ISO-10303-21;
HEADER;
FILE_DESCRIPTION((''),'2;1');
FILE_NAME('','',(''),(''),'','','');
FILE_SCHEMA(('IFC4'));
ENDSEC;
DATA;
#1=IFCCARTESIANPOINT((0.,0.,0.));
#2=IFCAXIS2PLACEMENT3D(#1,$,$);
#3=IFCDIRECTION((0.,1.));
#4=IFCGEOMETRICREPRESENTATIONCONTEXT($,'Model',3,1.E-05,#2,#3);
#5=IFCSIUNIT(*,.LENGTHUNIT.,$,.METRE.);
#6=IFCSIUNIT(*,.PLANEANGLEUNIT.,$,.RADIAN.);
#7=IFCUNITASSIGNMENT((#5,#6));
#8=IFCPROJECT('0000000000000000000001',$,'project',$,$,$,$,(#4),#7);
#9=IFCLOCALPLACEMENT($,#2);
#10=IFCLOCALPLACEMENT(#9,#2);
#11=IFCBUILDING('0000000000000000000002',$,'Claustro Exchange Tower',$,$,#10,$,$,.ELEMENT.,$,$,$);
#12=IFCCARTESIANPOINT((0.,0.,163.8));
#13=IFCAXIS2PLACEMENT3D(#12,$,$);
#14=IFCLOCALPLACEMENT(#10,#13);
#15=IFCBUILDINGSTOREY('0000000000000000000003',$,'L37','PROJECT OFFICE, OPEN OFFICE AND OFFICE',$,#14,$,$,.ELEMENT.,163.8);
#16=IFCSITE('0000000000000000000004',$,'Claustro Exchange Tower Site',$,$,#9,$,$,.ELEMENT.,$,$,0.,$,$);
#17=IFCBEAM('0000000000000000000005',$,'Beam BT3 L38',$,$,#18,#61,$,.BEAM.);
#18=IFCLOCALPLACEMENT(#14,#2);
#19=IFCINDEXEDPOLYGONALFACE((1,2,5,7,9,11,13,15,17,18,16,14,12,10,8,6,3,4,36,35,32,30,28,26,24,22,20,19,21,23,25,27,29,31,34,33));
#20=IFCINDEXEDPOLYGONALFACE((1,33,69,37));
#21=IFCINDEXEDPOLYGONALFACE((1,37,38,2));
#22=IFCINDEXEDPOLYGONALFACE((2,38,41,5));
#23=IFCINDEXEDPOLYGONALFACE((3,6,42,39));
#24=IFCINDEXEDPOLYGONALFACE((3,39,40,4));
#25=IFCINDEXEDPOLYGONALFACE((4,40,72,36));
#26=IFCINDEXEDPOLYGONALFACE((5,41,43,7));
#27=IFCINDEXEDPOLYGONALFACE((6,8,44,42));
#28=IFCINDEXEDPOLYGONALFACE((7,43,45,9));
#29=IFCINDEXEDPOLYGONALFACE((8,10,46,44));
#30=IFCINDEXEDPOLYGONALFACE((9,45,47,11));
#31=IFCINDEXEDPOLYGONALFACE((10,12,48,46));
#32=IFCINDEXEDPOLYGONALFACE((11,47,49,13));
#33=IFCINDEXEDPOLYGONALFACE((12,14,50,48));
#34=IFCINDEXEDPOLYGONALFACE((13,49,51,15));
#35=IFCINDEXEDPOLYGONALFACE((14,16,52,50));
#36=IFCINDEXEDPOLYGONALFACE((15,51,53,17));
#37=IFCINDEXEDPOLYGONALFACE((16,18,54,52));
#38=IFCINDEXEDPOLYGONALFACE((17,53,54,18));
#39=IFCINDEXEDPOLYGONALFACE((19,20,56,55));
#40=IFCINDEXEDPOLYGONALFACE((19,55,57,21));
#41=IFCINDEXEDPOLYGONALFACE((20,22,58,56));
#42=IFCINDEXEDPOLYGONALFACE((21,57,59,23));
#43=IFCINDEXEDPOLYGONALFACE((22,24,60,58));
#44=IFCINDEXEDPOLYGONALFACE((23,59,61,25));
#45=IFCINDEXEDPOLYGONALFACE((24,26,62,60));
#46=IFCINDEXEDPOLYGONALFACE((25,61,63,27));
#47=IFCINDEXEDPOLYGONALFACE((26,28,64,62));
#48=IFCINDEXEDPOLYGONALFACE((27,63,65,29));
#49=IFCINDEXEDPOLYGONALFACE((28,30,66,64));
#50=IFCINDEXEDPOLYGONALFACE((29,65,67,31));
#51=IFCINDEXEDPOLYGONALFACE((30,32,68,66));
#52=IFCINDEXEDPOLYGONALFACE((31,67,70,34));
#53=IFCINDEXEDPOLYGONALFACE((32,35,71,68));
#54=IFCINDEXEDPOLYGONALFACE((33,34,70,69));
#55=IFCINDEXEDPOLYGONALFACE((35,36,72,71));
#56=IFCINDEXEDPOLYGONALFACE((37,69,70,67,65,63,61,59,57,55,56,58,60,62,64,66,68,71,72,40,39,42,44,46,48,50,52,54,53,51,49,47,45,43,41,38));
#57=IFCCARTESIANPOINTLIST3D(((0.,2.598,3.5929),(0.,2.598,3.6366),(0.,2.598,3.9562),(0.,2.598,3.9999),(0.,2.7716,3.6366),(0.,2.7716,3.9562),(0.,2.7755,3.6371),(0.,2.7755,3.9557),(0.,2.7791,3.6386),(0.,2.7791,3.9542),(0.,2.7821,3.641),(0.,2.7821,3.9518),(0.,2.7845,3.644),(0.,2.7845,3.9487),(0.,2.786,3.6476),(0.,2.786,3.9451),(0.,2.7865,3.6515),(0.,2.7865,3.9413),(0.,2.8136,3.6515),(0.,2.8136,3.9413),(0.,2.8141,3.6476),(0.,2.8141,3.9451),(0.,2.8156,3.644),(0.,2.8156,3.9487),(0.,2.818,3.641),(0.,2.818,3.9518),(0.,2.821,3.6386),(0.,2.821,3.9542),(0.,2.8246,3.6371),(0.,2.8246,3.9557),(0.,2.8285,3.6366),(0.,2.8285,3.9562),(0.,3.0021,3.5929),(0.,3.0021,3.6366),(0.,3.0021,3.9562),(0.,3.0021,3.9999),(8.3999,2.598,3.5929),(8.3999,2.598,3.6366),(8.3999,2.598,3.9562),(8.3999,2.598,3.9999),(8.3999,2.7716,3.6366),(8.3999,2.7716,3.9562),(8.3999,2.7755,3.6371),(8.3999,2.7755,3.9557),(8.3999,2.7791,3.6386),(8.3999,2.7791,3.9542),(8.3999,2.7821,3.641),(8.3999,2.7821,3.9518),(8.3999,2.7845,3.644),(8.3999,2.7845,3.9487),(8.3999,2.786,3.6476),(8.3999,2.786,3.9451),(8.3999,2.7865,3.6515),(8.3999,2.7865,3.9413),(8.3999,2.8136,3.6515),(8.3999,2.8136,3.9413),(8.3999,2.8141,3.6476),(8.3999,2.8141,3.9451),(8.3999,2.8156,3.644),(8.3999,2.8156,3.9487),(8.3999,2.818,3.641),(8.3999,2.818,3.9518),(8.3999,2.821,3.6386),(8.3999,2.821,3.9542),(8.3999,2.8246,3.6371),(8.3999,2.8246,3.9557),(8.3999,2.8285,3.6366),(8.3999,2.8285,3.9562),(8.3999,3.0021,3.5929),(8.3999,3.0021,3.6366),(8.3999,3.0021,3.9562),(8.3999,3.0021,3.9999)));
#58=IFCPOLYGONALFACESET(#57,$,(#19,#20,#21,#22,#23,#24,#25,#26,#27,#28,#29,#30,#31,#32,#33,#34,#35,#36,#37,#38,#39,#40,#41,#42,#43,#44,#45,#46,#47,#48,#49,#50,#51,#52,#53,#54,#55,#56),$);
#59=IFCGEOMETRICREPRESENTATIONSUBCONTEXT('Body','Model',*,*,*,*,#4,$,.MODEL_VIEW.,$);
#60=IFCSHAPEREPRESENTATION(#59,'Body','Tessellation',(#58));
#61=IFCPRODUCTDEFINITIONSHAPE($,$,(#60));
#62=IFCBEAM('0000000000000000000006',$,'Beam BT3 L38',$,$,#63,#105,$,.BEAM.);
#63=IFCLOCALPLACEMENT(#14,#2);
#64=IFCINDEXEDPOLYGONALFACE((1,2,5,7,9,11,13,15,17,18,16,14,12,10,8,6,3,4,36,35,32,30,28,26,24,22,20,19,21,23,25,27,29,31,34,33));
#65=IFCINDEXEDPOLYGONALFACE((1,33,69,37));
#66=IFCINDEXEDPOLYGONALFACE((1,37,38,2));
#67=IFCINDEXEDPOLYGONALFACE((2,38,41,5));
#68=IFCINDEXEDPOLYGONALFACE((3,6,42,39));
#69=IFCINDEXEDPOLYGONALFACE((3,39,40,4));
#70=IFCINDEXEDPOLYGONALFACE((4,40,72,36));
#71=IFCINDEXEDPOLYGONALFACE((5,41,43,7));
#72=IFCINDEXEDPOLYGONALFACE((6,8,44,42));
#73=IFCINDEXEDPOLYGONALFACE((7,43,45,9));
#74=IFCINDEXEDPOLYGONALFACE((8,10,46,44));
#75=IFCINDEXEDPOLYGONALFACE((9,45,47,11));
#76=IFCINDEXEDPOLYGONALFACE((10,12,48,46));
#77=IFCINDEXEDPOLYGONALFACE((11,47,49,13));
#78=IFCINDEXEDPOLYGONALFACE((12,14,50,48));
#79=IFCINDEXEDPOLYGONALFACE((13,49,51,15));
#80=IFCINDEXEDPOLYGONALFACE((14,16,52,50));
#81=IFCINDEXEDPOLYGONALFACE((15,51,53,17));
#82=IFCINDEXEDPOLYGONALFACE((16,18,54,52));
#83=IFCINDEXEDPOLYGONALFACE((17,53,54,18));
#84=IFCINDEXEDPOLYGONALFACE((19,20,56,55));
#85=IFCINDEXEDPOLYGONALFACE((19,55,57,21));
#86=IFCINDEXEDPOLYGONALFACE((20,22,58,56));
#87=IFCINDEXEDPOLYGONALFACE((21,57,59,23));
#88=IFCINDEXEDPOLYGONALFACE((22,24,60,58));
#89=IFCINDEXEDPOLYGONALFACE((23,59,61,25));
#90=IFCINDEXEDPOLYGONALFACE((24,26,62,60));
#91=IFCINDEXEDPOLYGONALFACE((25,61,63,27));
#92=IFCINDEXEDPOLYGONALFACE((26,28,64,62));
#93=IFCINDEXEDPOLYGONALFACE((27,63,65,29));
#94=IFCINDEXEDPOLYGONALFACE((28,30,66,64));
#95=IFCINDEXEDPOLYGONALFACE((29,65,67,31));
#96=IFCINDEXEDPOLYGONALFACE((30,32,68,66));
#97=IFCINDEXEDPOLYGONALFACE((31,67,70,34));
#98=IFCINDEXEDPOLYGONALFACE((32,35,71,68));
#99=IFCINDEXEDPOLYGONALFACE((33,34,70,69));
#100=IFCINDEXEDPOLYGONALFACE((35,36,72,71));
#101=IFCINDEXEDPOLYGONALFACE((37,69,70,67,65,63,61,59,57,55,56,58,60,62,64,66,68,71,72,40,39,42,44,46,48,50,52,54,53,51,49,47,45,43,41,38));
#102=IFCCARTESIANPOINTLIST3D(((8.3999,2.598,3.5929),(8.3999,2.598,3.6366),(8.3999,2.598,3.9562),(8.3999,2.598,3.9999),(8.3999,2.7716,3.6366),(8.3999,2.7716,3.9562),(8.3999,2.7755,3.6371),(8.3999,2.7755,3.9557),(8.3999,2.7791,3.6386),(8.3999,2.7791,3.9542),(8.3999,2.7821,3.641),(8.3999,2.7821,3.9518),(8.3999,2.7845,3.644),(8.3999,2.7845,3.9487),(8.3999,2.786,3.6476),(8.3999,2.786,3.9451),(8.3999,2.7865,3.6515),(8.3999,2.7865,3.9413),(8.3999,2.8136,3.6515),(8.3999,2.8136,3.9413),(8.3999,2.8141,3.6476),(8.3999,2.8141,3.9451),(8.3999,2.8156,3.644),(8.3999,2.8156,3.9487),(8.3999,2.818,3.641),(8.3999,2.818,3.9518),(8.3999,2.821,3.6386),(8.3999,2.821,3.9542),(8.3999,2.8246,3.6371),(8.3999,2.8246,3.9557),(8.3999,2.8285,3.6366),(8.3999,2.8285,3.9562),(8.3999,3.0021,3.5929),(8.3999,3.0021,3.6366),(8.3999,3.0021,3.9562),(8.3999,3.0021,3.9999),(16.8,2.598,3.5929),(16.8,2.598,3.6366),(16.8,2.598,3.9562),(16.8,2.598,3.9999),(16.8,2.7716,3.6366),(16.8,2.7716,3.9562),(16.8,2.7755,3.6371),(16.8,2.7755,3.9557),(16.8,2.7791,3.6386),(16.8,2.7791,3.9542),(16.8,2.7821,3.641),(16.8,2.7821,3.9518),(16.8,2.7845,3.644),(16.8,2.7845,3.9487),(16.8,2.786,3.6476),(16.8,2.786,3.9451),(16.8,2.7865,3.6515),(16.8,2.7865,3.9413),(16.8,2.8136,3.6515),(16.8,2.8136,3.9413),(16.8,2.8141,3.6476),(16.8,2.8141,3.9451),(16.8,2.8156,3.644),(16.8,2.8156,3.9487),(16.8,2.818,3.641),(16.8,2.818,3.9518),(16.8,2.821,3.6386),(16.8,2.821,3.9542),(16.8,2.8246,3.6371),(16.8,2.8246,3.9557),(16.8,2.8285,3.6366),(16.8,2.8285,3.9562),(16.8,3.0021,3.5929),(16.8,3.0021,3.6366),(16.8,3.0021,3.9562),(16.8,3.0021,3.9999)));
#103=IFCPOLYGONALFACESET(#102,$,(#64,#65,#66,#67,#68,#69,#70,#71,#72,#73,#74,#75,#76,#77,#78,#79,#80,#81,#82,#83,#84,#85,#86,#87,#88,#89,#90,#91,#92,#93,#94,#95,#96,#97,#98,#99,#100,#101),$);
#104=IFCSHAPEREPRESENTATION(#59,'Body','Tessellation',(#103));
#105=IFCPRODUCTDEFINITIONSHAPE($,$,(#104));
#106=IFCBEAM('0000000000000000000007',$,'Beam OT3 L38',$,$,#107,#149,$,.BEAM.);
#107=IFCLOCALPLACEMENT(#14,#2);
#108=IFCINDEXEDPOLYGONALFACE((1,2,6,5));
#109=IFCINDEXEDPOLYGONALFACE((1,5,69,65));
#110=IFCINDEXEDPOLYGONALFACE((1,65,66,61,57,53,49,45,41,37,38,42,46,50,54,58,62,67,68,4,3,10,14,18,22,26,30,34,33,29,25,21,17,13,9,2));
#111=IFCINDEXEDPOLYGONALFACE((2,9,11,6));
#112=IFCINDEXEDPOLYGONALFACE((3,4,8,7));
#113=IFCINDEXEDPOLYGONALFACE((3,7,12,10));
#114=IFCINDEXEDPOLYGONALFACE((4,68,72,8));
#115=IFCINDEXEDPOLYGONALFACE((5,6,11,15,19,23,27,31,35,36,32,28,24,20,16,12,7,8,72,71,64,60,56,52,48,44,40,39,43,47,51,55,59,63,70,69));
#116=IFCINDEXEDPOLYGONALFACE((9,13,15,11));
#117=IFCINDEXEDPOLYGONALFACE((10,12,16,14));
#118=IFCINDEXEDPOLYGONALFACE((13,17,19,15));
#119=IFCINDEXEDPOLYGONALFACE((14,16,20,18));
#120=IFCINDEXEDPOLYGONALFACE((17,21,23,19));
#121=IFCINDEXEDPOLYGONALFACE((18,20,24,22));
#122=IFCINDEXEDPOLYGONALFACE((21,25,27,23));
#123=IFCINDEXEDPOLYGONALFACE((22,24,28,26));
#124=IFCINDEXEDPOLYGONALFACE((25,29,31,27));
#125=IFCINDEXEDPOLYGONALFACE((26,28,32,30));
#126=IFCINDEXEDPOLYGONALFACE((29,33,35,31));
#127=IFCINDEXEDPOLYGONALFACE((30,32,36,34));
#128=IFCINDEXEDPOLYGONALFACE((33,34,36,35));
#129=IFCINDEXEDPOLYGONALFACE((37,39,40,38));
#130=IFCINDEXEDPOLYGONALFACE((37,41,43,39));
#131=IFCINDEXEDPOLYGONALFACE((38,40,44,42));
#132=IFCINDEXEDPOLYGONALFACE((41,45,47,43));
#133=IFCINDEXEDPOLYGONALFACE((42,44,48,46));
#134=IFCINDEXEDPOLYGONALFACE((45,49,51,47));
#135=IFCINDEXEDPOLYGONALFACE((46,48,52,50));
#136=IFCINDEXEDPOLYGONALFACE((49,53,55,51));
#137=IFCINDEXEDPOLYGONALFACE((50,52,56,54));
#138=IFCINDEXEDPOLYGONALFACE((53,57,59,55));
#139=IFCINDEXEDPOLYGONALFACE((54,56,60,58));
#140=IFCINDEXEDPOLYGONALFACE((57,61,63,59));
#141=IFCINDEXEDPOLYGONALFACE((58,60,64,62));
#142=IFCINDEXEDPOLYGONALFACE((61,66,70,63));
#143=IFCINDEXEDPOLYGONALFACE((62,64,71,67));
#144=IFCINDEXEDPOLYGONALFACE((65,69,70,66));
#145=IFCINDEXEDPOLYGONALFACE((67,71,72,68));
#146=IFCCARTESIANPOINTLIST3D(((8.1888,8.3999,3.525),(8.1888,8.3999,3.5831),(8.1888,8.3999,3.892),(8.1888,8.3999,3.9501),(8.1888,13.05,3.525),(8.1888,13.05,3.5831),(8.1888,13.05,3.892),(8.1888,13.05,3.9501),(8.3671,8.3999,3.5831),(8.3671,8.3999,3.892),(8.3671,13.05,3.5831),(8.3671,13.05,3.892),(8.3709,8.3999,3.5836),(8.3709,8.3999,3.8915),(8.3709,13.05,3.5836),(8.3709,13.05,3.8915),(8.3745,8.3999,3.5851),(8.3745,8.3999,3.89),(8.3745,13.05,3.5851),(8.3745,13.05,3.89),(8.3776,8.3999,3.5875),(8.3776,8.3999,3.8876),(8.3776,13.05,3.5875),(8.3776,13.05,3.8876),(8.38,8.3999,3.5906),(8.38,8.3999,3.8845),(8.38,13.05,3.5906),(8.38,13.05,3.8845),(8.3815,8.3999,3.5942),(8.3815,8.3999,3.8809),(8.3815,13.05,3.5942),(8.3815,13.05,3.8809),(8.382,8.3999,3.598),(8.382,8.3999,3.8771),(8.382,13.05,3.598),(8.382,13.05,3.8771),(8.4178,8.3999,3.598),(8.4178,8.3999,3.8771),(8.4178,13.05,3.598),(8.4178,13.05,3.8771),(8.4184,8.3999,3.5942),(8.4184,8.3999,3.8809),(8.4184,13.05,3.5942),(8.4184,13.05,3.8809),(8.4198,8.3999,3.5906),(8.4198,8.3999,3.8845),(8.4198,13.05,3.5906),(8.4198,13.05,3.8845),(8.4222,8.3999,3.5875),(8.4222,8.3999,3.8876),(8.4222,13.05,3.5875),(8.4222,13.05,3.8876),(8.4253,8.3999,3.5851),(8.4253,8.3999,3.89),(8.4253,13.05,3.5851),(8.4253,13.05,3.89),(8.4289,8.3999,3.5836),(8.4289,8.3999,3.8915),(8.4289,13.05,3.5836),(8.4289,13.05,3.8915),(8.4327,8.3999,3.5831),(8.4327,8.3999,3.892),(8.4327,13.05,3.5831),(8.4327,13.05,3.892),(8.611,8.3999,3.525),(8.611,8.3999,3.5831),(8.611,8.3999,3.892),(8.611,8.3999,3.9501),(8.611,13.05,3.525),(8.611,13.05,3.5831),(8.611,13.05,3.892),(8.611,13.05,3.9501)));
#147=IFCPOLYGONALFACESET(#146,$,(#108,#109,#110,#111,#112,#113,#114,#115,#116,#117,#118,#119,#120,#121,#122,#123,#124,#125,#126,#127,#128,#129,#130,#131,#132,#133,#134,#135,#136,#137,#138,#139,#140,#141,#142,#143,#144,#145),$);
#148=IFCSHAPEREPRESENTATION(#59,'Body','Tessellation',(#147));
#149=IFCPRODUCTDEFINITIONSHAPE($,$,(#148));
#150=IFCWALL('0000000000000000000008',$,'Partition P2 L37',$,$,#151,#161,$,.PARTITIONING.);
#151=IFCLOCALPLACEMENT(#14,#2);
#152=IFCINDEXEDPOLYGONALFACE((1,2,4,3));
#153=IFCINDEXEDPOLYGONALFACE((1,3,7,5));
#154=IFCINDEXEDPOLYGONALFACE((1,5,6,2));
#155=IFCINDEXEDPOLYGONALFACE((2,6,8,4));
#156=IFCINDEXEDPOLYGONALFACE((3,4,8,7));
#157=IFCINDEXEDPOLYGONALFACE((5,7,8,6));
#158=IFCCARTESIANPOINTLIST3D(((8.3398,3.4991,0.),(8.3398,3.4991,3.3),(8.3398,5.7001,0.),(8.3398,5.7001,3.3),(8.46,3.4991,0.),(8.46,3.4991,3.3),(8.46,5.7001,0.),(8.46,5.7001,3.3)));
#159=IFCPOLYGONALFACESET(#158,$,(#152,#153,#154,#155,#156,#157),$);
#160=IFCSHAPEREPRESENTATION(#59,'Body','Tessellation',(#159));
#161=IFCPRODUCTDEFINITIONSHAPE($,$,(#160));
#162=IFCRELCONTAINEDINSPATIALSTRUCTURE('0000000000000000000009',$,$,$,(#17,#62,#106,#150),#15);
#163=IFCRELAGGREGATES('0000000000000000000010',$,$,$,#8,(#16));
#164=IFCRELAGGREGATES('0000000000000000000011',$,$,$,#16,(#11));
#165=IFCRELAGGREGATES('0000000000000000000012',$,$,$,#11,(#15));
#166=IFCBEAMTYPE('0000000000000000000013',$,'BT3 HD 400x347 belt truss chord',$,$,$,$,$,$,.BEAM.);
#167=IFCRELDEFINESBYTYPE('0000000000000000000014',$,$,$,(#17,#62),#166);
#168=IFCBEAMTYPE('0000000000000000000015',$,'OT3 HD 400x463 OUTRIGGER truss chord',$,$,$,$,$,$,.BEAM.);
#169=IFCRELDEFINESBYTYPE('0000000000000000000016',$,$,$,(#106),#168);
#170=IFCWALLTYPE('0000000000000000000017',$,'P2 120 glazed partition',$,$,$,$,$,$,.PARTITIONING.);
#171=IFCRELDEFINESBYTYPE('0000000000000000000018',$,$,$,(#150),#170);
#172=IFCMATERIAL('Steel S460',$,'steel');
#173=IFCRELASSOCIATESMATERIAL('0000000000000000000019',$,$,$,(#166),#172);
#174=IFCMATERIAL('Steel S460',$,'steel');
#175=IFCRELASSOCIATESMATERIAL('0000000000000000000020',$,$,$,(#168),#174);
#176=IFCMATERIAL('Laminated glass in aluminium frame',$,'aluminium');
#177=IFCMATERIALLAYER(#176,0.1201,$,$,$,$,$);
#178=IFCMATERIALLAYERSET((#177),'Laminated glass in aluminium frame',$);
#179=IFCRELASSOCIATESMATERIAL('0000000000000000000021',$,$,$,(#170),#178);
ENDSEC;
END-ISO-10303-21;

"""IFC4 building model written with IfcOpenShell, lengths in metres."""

from ifc_helpers import new_model, si_unit, direction, frame, frame_2d, origin, origin_2d, place, context, subcontext, project, spatial, rectangle, i_section, extrude, material, layer, layer_set, material_profile, profile_set, type_object, element, save


model = new_model("IFC4")

# Units and contexts
model_context = context("Model", 3, precision=1e-05, world=origin(), true_north=direction((0.0, 1.0)))
body_context = subcontext(model_context, "Body", "Model", "MODEL_VIEW")
ifc_project = project(units=[si_unit("LENGTHUNIT", "METRE"), si_unit("PLANEANGLEUNIT", "RADIAN")], contexts=[model_context])

# Site, building, storey
site_placement = place(None, origin())
site = spatial("IfcSite", under=ifc_project, at=site_placement, Name="Claustro Exchange Tower Site", CompositionType="ELEMENT", RefElevation=0.0)
building_placement = place(site_placement, origin())
building = spatial("IfcBuilding", under=site, at=building_placement, Name="Claustro Exchange Tower", CompositionType="ELEMENT")
storey_placement = place(building_placement, frame((0.0, 0.0, 163.8)))
storey = spatial("IfcBuildingStorey", under=building, at=storey_placement, Name="L37", Description="PROJECT OFFICE, OPEN OFFICE AND OFFICE", CompositionType="ELEMENT", Elevation=163.8)

# Beams
ifc_material_1 = material(Name="Steel S460", Category="steel")
ifc_material_profile_1 = material_profile(ifc_material_1, i_section(OverallWidth=0.4041, OverallDepth=0.407, WebThickness=0.0271, FlangeThickness=0.0437, FilletRadius=0.0149, at=origin_2d()), Name="HD 400x347")
ifc_profile_set_1 = profile_set([ifc_material_profile_1], Name="Steel S460")
beam_type_1 = type_object("IfcBeamType", Name="BT3 HD 400x347 belt truss chord", PredefinedType="BEAM", material=ifc_profile_set_1)
beam_1_placement = place(storey_placement, frame((0.0, 2.8, 3.7964), z_axis=(1.0, 0.0, 0.0), x_axis=(0.0, 1.0, 0.0)))
element("IfcBeam", 1, at=beam_1_placement, inside=storey, type_object=beam_type_1, Name="Beam BT3 L38", PredefinedType="BEAM", context=body_context, shape_type="SweptSolid", body=[
    extrude(i_section(OverallWidth=0.4041, OverallDepth=0.407, WebThickness=0.0271, FlangeThickness=0.0437, FilletRadius=0.0149, at=origin_2d()), origin(), (0.0, 0.0, 1.0), 8.3999),
])
beam_2_placement = place(storey_placement, frame((8.3999, 2.8, 3.7964), z_axis=(1.0, 0.0, 0.0), x_axis=(0.0, 1.0, 0.0)))
element("IfcBeam", 2, at=beam_2_placement, inside=storey, type_object=beam_type_1, Name="Beam BT3 L38", PredefinedType="BEAM", context=body_context, shape_type="SweptSolid", body=[
    extrude(i_section(OverallWidth=0.4041, OverallDepth=0.407, WebThickness=0.0271, FlangeThickness=0.0437, FilletRadius=0.0149, at=origin_2d()), origin(), (0.0, 0.0, 1.0), 8.4001),
])
ifc_material_2 = material(Name="Steel S460", Category="steel")
ifc_material_profile_2 = material_profile(ifc_material_2, i_section(OverallWidth=0.4221, OverallDepth=0.425, WebThickness=0.0359, FlangeThickness=0.0581, FilletRadius=0.0149, at=origin_2d()), Name="HD 400x463")
ifc_profile_set_2 = profile_set([ifc_material_profile_2], Name="Steel S460")
beam_type_2 = type_object("IfcBeamType", Name="OT3 HD 400x463 OUTRIGGER truss chord", PredefinedType="BEAM", material=ifc_profile_set_2)
beam_3_placement = place(storey_placement, frame((8.3999, 8.3999, 3.7375), z_axis=(0.0, 1.0, 0.0), x_axis=(-1.0, 0.0, 0.0)))
element("IfcBeam", 3, at=beam_3_placement, inside=storey, type_object=beam_type_2, Name="Beam OT3 L38", PredefinedType="BEAM", context=body_context, shape_type="SweptSolid", body=[
    extrude(i_section(OverallWidth=0.4221, OverallDepth=0.425, WebThickness=0.0359, FlangeThickness=0.0581, FilletRadius=0.0149, at=origin_2d()), origin(), (0.0, 0.0, 1.0), 4.6501),
])

# Wall
ifc_material_3 = material(Name="Laminated glass in aluminium frame", Category="aluminium")
ifc_layer_1 = layer(ifc_material_3, 0.1201)
ifc_layer_set_1 = layer_set([ifc_layer_1], Name="Laminated glass in aluminium frame")
wall_type_1 = type_object("IfcWallType", Name="P2 120 glazed partition", PredefinedType="PARTITIONING", material=ifc_layer_set_1)
wall_1_placement = place(storey_placement, frame((8.3999, 3.499, 0.0), z_axis=(0.0, 0.0, 1.0), x_axis=(0.0, 1.0, 0.0)))
element("IfcWall", 4, at=wall_1_placement, inside=storey, type_object=wall_type_1, Name="Partition P2 L37", PredefinedType="PARTITIONING", context=body_context, shape_type="SweptSolid", body=[
    extrude(rectangle(XDim=2.2009, YDim=0.1201, at=frame_2d((1.1006, 0.0))), origin(), (0.0, 0.0, 1.0), 3.3),
])

save(model, "model.ifc")
